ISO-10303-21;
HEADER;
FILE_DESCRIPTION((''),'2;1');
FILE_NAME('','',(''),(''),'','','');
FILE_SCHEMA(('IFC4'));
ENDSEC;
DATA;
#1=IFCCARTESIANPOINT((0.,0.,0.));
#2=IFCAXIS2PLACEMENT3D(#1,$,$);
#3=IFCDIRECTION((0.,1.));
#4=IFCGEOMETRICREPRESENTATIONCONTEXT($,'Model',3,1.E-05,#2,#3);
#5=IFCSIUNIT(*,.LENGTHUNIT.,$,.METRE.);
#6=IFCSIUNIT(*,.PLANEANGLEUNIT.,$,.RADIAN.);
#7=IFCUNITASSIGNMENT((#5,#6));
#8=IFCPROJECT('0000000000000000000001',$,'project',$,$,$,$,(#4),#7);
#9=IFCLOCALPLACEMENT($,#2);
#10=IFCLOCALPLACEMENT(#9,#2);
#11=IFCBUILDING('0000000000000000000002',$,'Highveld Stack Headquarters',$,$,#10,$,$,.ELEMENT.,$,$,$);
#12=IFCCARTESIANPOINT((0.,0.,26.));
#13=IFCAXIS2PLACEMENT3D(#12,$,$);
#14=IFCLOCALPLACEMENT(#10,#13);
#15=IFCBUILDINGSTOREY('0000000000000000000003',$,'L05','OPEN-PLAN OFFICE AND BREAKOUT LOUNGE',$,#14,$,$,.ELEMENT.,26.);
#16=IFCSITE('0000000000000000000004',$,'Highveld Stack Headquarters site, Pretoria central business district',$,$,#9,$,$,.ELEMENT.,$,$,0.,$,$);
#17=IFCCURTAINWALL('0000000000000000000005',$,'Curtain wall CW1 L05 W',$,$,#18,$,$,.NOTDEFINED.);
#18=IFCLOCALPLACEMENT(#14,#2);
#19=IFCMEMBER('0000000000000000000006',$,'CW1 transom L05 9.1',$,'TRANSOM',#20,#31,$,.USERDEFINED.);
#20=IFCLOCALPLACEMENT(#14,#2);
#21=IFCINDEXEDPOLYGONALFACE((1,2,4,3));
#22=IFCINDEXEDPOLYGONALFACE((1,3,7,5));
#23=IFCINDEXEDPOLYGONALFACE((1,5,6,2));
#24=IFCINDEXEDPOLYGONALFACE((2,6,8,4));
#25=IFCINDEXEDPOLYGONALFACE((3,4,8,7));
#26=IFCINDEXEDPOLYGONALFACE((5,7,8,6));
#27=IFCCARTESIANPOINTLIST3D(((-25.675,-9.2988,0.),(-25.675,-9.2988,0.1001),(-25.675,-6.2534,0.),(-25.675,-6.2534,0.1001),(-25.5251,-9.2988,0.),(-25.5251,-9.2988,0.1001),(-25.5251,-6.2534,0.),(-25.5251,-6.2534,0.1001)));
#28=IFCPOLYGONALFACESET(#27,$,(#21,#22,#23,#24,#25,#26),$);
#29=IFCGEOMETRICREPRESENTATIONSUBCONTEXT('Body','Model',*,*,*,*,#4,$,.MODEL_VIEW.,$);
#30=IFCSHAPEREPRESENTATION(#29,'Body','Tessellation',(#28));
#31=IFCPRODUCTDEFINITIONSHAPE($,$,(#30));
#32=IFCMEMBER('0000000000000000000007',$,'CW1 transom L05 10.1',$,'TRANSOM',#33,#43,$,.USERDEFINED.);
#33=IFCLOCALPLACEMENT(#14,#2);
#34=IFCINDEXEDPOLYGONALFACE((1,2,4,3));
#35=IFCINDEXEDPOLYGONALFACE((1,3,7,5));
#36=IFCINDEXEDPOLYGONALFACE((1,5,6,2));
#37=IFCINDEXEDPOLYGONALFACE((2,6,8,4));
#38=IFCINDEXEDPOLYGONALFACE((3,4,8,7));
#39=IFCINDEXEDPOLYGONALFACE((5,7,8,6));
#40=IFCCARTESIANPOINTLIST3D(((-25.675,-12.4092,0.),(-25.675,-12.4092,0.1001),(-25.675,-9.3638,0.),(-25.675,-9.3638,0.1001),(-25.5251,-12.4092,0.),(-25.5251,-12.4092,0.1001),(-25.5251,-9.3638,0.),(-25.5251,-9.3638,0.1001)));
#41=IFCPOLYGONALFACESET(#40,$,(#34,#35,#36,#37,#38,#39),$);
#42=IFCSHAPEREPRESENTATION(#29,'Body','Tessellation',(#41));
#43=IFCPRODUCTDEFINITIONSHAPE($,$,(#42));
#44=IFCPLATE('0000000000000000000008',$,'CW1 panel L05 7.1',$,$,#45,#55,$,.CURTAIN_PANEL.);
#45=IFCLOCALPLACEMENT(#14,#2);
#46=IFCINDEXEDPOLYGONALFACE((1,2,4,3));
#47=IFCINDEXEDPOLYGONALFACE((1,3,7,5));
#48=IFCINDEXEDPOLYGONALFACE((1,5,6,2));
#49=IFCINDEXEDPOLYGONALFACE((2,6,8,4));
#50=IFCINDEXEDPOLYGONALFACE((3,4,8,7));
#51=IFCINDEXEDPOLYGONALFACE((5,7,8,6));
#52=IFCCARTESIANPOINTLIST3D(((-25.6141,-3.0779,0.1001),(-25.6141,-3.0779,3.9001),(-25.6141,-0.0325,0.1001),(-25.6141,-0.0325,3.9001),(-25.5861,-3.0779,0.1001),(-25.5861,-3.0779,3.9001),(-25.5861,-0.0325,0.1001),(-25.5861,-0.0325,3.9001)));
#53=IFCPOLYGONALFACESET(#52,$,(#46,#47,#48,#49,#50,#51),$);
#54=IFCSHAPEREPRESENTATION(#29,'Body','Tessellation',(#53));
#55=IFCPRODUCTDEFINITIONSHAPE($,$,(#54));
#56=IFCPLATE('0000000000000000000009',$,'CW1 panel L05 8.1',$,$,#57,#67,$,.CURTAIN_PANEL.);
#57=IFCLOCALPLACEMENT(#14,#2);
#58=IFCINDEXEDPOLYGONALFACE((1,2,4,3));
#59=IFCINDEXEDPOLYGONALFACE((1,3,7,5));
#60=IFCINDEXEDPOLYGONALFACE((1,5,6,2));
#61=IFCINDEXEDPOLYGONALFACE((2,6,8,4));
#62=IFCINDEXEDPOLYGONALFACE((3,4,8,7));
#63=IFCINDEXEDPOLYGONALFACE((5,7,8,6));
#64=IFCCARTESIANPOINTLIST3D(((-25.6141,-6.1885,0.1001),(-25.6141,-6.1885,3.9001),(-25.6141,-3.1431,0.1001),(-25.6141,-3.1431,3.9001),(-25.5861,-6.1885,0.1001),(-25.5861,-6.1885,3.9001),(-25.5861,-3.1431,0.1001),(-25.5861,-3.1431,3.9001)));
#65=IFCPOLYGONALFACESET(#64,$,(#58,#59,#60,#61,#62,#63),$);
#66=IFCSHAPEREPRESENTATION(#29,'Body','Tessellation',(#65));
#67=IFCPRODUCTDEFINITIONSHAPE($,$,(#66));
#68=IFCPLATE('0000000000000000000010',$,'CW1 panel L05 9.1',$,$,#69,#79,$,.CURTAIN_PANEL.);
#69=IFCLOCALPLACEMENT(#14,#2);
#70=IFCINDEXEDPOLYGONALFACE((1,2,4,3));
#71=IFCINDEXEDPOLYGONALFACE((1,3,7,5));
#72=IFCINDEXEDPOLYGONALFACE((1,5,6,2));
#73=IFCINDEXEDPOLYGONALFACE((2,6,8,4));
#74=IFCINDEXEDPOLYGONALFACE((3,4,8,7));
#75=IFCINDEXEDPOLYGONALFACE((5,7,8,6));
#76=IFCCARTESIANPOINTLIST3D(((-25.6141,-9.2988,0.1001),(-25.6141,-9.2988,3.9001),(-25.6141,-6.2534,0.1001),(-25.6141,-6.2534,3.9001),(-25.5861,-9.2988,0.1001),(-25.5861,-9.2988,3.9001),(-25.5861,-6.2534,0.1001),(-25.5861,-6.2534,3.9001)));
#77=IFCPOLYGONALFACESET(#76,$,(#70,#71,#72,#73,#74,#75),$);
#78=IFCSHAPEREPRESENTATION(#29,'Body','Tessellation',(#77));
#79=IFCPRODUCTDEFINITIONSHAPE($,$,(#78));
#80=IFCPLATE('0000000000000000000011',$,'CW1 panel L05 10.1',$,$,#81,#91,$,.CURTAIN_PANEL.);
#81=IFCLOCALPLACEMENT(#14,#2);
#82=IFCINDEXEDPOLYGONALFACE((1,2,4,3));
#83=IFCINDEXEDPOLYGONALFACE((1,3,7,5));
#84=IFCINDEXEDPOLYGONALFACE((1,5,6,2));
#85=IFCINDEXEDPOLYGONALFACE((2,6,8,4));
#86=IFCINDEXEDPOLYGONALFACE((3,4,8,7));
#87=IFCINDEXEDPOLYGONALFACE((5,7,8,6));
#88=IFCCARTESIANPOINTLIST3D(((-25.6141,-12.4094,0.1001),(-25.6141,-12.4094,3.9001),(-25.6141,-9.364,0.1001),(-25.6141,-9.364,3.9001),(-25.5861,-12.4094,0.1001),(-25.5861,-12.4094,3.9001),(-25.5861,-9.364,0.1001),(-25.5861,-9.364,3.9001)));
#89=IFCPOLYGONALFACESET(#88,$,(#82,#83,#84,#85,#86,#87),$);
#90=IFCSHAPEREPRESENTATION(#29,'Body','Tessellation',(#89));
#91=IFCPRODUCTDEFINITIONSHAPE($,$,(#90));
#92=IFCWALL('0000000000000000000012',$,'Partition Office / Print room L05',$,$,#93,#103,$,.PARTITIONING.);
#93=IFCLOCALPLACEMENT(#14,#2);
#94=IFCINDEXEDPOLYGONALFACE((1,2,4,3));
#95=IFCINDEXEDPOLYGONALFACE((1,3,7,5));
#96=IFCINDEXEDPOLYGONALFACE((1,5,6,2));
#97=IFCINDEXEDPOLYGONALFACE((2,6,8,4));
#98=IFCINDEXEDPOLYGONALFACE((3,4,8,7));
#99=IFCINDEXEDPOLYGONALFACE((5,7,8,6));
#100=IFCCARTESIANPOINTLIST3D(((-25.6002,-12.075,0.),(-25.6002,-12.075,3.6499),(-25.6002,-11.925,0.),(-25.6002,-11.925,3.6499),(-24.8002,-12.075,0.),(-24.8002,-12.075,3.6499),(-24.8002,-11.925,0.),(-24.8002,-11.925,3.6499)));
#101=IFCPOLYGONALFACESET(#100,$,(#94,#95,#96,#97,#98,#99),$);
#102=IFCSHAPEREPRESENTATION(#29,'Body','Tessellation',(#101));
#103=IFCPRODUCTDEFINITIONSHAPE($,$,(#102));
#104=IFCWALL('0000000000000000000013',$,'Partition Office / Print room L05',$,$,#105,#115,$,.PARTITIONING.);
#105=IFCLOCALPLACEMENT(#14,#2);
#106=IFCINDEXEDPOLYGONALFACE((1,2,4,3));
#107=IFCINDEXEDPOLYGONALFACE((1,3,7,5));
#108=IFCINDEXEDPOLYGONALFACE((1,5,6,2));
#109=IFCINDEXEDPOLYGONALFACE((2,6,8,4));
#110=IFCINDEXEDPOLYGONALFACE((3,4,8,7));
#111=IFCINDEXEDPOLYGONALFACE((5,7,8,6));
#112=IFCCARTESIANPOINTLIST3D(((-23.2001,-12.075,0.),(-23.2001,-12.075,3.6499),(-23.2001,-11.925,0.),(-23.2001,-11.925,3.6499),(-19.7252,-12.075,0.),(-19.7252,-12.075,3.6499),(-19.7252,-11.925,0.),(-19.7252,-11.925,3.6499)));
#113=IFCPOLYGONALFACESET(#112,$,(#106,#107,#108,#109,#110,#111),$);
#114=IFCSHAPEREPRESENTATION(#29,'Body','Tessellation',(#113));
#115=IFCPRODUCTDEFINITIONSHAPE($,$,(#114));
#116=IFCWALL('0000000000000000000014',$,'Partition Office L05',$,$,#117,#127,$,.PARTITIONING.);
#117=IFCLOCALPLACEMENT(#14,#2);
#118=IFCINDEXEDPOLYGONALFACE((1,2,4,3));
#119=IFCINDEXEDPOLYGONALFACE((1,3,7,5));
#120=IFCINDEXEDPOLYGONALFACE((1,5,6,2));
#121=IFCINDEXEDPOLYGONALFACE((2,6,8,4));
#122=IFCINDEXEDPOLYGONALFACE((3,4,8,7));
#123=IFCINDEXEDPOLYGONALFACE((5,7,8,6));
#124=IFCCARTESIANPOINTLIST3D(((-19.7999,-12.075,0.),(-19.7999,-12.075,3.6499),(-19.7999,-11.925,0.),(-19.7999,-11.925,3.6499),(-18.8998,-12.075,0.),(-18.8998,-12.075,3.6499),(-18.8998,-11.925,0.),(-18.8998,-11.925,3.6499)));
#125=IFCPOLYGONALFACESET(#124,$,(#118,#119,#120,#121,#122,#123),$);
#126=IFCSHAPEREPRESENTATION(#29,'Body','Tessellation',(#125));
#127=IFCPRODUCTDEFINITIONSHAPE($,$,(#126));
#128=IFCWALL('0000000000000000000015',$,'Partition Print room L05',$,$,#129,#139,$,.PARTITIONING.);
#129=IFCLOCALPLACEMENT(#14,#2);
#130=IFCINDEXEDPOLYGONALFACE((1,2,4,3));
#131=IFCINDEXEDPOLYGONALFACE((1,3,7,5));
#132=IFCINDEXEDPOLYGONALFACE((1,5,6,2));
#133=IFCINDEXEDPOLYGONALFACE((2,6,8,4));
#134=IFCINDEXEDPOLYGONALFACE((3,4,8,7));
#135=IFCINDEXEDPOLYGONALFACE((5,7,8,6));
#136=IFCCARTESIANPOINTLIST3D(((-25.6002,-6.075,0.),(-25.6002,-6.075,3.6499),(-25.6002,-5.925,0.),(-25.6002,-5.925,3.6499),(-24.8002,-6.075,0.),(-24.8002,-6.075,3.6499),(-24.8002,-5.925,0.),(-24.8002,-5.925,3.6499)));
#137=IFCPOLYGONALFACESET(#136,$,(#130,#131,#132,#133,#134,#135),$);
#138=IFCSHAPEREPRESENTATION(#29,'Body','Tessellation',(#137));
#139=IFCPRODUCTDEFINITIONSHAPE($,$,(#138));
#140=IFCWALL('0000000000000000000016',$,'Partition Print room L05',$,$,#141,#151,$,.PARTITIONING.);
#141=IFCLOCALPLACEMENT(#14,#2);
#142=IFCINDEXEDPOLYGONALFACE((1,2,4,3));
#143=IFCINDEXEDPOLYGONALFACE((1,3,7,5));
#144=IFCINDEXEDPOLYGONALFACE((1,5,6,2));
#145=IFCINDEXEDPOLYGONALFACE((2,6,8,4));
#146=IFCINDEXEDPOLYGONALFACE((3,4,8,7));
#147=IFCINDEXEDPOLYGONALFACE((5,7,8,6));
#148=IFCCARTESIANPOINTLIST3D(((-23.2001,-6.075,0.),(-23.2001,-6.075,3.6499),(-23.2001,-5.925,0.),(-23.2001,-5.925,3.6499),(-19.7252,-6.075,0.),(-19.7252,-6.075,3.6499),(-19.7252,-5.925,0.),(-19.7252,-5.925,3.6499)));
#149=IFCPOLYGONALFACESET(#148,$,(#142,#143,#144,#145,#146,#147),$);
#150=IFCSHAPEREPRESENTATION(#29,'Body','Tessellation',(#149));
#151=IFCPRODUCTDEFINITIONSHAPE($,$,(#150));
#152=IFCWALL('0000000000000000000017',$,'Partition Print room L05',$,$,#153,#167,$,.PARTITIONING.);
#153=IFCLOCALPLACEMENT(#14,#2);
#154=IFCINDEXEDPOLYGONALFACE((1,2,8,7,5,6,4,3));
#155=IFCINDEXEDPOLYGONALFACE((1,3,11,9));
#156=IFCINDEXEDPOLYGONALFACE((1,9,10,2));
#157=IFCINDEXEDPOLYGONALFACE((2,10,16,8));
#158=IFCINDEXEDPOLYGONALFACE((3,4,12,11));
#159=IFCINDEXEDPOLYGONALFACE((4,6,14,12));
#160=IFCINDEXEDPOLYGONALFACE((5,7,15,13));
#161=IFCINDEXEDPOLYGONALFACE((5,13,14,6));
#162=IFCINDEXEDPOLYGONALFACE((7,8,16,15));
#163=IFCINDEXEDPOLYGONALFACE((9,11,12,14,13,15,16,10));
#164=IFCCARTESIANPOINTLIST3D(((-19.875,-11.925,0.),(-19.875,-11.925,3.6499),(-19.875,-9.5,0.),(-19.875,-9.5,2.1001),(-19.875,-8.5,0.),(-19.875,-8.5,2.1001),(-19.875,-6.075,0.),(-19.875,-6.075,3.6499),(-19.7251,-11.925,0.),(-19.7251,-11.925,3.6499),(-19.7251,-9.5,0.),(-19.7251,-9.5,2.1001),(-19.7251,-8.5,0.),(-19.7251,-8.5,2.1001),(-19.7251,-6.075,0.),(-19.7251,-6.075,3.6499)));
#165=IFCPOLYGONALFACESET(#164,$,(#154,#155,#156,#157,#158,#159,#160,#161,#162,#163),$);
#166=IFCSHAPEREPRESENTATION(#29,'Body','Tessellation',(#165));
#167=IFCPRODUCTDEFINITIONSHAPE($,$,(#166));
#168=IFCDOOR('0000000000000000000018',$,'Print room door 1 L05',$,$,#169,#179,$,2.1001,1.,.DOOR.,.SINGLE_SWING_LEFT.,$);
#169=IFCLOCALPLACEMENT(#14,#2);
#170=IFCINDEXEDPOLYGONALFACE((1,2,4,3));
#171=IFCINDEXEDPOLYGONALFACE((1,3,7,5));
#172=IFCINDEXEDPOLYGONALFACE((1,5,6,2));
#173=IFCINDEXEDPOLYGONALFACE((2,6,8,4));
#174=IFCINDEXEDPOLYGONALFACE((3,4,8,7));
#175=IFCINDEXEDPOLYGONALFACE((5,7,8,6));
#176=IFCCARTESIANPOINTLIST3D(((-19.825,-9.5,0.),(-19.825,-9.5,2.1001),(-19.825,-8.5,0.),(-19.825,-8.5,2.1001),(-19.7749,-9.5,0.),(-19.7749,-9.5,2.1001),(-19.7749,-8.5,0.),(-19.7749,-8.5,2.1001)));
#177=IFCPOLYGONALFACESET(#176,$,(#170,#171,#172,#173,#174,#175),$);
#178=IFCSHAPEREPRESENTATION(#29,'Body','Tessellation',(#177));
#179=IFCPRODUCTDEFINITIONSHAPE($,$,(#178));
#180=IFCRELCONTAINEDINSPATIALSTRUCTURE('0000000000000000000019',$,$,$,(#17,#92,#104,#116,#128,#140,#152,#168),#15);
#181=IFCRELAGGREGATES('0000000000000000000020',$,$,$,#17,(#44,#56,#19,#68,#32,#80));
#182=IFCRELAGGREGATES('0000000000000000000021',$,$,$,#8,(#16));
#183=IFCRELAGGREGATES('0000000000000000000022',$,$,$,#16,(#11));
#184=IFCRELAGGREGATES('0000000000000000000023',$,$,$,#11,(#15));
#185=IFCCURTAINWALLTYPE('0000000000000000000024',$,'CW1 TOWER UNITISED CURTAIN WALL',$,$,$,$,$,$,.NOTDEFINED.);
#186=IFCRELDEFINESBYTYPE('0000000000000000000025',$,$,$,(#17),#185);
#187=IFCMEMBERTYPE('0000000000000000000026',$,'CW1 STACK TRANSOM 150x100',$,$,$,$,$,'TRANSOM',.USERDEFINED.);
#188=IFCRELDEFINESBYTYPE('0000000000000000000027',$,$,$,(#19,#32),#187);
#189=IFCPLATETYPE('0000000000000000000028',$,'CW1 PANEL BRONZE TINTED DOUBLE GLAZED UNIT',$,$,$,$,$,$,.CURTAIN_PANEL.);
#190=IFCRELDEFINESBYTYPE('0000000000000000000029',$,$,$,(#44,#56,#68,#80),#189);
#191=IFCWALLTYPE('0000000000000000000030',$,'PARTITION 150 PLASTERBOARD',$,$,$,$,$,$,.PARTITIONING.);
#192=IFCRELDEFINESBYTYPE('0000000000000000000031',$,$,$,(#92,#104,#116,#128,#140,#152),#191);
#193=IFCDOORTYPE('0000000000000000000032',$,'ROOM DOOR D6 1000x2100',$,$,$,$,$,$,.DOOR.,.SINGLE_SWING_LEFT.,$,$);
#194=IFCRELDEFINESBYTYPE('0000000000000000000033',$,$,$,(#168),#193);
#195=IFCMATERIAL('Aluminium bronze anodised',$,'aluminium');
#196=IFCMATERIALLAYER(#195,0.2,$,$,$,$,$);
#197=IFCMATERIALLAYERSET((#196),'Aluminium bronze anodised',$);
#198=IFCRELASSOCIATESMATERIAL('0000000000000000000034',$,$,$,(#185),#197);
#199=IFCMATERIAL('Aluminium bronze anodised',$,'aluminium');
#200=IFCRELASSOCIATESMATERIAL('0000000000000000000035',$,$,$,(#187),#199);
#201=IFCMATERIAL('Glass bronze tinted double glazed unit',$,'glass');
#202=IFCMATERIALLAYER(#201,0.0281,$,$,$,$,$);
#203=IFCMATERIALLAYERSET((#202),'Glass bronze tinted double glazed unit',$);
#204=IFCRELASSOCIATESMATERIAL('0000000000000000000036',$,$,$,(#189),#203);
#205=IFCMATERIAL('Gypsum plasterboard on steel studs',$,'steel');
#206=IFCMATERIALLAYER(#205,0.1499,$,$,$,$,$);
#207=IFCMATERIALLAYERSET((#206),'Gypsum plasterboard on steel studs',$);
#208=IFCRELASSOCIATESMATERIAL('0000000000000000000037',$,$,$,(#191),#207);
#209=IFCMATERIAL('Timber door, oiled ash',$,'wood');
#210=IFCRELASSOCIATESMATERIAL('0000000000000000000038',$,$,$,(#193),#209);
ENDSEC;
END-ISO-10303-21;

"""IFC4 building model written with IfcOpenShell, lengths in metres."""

from ifc_helpers import new_model, si_unit, direction, frame, frame_2d, origin, origin_2d, place, context, subcontext, project, spatial, rectangle, extrude, material, layer, layer_set, material_profile, profile_set, type_object, element, fill, aggregate, save


model = new_model("IFC4")

# Units and contexts
model_context = context("Model", 3, precision=1e-05, world=origin(), true_north=direction((0.0, 1.0)))
body_context = subcontext(model_context, "Body", "Model", "MODEL_VIEW")
ifc_project = project(units=[si_unit("LENGTHUNIT", "METRE"), si_unit("PLANEANGLEUNIT", "RADIAN")], contexts=[model_context])

# Site, building, storey
site_placement = place(None, origin())
site = spatial("IfcSite", under=ifc_project, at=site_placement, Name="Highveld Stack Headquarters site, Pretoria central business district", CompositionType="ELEMENT", RefElevation=0.0)
building_placement = place(site_placement, origin())
building = spatial("IfcBuilding", under=site, at=building_placement, Name="Highveld Stack Headquarters", CompositionType="ELEMENT")
storey_placement = place(building_placement, frame((0.0, 0.0, 26.0)))
storey = spatial("IfcBuildingStorey", under=building, at=storey_placement, Name="L05", Description="OPEN-PLAN OFFICE AND BREAKOUT LOUNGE", CompositionType="ELEMENT", Elevation=26.0)

# Curtain wall, members, plates
ifc_material_1 = material(Name="Aluminium bronze anodised", Category="aluminium")
ifc_layer_1 = layer(ifc_material_1, 0.2)
ifc_layer_set_1 = layer_set([ifc_layer_1], Name="Aluminium bronze anodised")
curtain_wall_type = type_object("IfcCurtainWallType", Name="CW1 TOWER UNITISED CURTAIN WALL", PredefinedType="NOTDEFINED", material=ifc_layer_set_1)
curtain_wall_placement = place(storey_placement, origin())
curtain_wall = element("IfcCurtainWall", 1, at=curtain_wall_placement, inside=storey, type_object=curtain_wall_type, Name="Curtain wall CW1 L05 W", PredefinedType="NOTDEFINED")
ifc_material_2 = material(Name="Aluminium bronze anodised", Category="aluminium")
ifc_material_profile_1 = material_profile(ifc_material_2, rectangle(XDim=0.1499, YDim=0.1001, at=origin_2d()), Name="CW1 TRANSOM 150x100")
ifc_profile_set_1 = profile_set([ifc_material_profile_1], Name="Aluminium bronze anodised")
member_type_1 = type_object("IfcMemberType", Name="CW1 STACK TRANSOM 150x100", ElementType="TRANSOM", PredefinedType="USERDEFINED", material=ifc_profile_set_1)
member_1_placement = place(storey_placement, frame((-25.6001, -6.2534, 0.05), z_axis=(0.0, -1.0, 0.0), x_axis=(1.0, 0.0, 0.0)))
member_1 = element("IfcMember", 2, at=member_1_placement, type_object=member_type_1, Name="CW1 transom L05 9.1", ObjectType="TRANSOM", PredefinedType="USERDEFINED", context=body_context, shape_type="SweptSolid", body=[
    extrude(rectangle(XDim=0.1499, YDim=0.1001, at=origin_2d()), origin(), (0.0, 0.0, 1.0), 3.0454),
])
member_2_placement = place(storey_placement, frame((-25.6001, -9.3638, 0.05), z_axis=(0.0, -1.0, 0.0), x_axis=(1.0, 0.0, 0.0)))
member_2 = element("IfcMember", 3, at=member_2_placement, type_object=member_type_1, Name="CW1 transom L05 10.1", ObjectType="TRANSOM", PredefinedType="USERDEFINED", context=body_context, shape_type="SweptSolid", body=[
    extrude(rectangle(XDim=0.1499, YDim=0.1001, at=origin_2d()), origin(), (0.0, 0.0, 1.0), 3.0454),
])
ifc_material_3 = material(Name="Glass bronze tinted double glazed unit", Category="glass")
ifc_layer_2 = layer(ifc_material_3, 0.0281)
ifc_layer_set_2 = layer_set([ifc_layer_2], Name="Glass bronze tinted double glazed unit")
plate_type = type_object("IfcPlateType", Name="CW1 PANEL BRONZE TINTED DOUBLE GLAZED UNIT", PredefinedType="CURTAIN_PANEL", material=ifc_layer_set_2)
plate_1_placement = place(storey_placement, frame((-25.6001, -1.5552, 0.1001), z_axis=(0.0, 0.0, 1.0), x_axis=(0.0, -1.0, 0.0)))
plate_1 = element("IfcPlate", 4, at=plate_1_placement, type_object=plate_type, Name="CW1 panel L05 7.1", PredefinedType="CURTAIN_PANEL", context=body_context, shape_type="SweptSolid", body=[
    extrude(rectangle(XDim=3.0454, YDim=0.0281, at=origin_2d()), origin(), (0.0, 0.0, 1.0), 3.8),
])
plate_2_placement = place(storey_placement, frame((-25.6001, -4.6658, 0.1001), z_axis=(0.0, 0.0, 1.0), x_axis=(0.0, -1.0, 0.0)))
plate_2 = element("IfcPlate", 5, at=plate_2_placement, type_object=plate_type, Name="CW1 panel L05 8.1", PredefinedType="CURTAIN_PANEL", context=body_context, shape_type="SweptSolid", body=[
    extrude(rectangle(XDim=3.0454, YDim=0.0281, at=origin_2d()), origin(), (0.0, 0.0, 1.0), 3.8),
])
plate_3_placement = place(storey_placement, frame((-25.6001, -7.7761, 0.1001), z_axis=(0.0, 0.0, 1.0), x_axis=(0.0, -1.0, 0.0)))
plate_3 = element("IfcPlate", 6, at=plate_3_placement, type_object=plate_type, Name="CW1 panel L05 9.1", PredefinedType="CURTAIN_PANEL", context=body_context, shape_type="SweptSolid", body=[
    extrude(rectangle(XDim=3.0454, YDim=0.0281, at=origin_2d()), origin(), (0.0, 0.0, 1.0), 3.8),
])
plate_4_placement = place(storey_placement, frame((-25.6001, -10.8867, 0.1001), z_axis=(0.0, 0.0, 1.0), x_axis=(0.0, -1.0, 0.0)))
plate_4 = element("IfcPlate", 7, at=plate_4_placement, type_object=plate_type, Name="CW1 panel L05 10.1", PredefinedType="CURTAIN_PANEL", context=body_context, shape_type="SweptSolid", body=[
    extrude(rectangle(XDim=3.0454, YDim=0.0281, at=origin_2d()), origin(), (0.0, 0.0, 1.0), 3.8),
])
aggregate(curtain_wall, [plate_1, plate_2, member_1, plate_3, member_2, plate_4])

# Walls
ifc_material_4 = material(Name="Gypsum plasterboard on steel studs", Category="steel")
ifc_layer_3 = layer(ifc_material_4, 0.1499)
ifc_layer_set_3 = layer_set([ifc_layer_3], Name="Gypsum plasterboard on steel studs")
wall_type = type_object("IfcWallType", Name="PARTITION 150 PLASTERBOARD", PredefinedType="PARTITIONING", material=ifc_layer_set_3)
wall_1_placement = place(storey_placement, frame((-25.6001, -12.0, 0.0), z_axis=(0.0, 0.0, 1.0), x_axis=(1.0, 0.0, 0.0)))
element("IfcWall", 8, at=wall_1_placement, inside=storey, type_object=wall_type, Name="Partition Office / Print room L05", PredefinedType="PARTITIONING", context=body_context, shape_type="SweptSolid", body=[
    extrude(rectangle(XDim=0.8, YDim=0.1499, at=frame_2d((0.3999, 0.0))), origin(), (0.0, 0.0, 1.0), 3.6499),
])
wall_2_placement = place(storey_placement, frame((-23.2, -12.0, 0.0), z_axis=(0.0, 0.0, 1.0), x_axis=(1.0, 0.0, 0.0)))
element("IfcWall", 9, at=wall_2_placement, inside=storey, type_object=wall_type, Name="Partition Office / Print room L05", PredefinedType="PARTITIONING", context=body_context, shape_type="SweptSolid", body=[
    extrude(rectangle(XDim=3.4749, YDim=0.1499, at=frame_2d((1.7373, 0.0))), origin(), (0.0, 0.0, 1.0), 3.6499),
])
wall_3_placement = place(storey_placement, frame((-19.8, -12.0, 0.0), z_axis=(0.0, 0.0, 1.0), x_axis=(1.0, 0.0, 0.0)))
element("IfcWall", 10, at=wall_3_placement, inside=storey, type_object=wall_type, Name="Partition Office L05", PredefinedType="PARTITIONING", context=body_context, shape_type="SweptSolid", body=[
    extrude(rectangle(XDim=0.9001, YDim=0.1499, at=frame_2d((0.4502, 0.0))), origin(), (0.0, 0.0, 1.0), 3.6499),
])
wall_4_placement = place(storey_placement, frame((-25.6001, -6.0, 0.0), z_axis=(0.0, 0.0, 1.0), x_axis=(1.0, 0.0, 0.0)))
element("IfcWall", 11, at=wall_4_placement, inside=storey, type_object=wall_type, Name="Partition Print room L05", PredefinedType="PARTITIONING", context=body_context, shape_type="SweptSolid", body=[
    extrude(rectangle(XDim=0.8, YDim=0.1499, at=frame_2d((0.3999, 0.0))), origin(), (0.0, 0.0, 1.0), 3.6499),
])
wall_5_placement = place(storey_placement, frame((-23.2, -6.0, 0.0), z_axis=(0.0, 0.0, 1.0), x_axis=(1.0, 0.0, 0.0)))
element("IfcWall", 12, at=wall_5_placement, inside=storey, type_object=wall_type, Name="Partition Print room L05", PredefinedType="PARTITIONING", context=body_context, shape_type="SweptSolid", body=[
    extrude(rectangle(XDim=3.4749, YDim=0.1499, at=frame_2d((1.7373, 0.0))), origin(), (0.0, 0.0, 1.0), 3.6499),
])

# Wall, opening, door
wall_6_placement = place(storey_placement, frame((-19.8, -11.925, 0.0), z_axis=(0.0, 0.0, 1.0), x_axis=(0.0, 1.0, 0.0)))
wall_6 = element("IfcWall", 13, at=wall_6_placement, inside=storey, type_object=wall_type, Name="Partition Print room L05", PredefinedType="PARTITIONING", context=body_context, shape_type="SweptSolid", body=[
    extrude(rectangle(XDim=5.8501, YDim=0.1499, at=frame_2d((2.925, 0.0))), origin(), (0.0, 0.0, 1.0), 3.6499),
])
opening_1_placement = place(wall_6_placement, frame((2.425, 0.0, 0.0)))
opening_1 = element("IfcOpeningElement", 14, at=opening_1_placement, cuts=wall_6, PredefinedType="OPENING", context=body_context, shape_type="SweptSolid", body=[
    extrude(rectangle(XDim=1.0, YDim=2.1001, at=frame_2d((0.5, 1.05))), frame((0.0, 0.085, 0.0), z_axis=(0.0, -1.0, 0.0), x_axis=(1.0, 0.0, 0.0)), (0.0, 0.0, 1.0), 0.1699),
])
ifc_material_5 = material(Name="Timber door, oiled ash", Category="wood")
door_type = type_object("IfcDoorType", Name="ROOM DOOR D6 1000x2100", OperationType="SINGLE_SWING_LEFT", PredefinedType="DOOR", material=ifc_material_5)
door_1_placement = place(opening_1_placement, origin())
door_1 = element("IfcDoor", 15, at=door_1_placement, inside=storey, type_object=door_type, Name="Print room door 1 L05", OperationType="SINGLE_SWING_LEFT", OverallHeight=2.1001, OverallWidth=1.0, PredefinedType="DOOR", context=body_context, shape_type="SweptSolid", body=[
    extrude(rectangle(XDim=1.0, YDim=2.1001, at=frame_2d((0.5, 1.05))), frame((0.0, 0.0249, 0.0), z_axis=(0.0, -1.0, 0.0), x_axis=(1.0, 0.0, 0.0)), (0.0, 0.0, 1.0), 0.05),
])
fill(opening_1, door_1)

save(model, "model.ifc")
